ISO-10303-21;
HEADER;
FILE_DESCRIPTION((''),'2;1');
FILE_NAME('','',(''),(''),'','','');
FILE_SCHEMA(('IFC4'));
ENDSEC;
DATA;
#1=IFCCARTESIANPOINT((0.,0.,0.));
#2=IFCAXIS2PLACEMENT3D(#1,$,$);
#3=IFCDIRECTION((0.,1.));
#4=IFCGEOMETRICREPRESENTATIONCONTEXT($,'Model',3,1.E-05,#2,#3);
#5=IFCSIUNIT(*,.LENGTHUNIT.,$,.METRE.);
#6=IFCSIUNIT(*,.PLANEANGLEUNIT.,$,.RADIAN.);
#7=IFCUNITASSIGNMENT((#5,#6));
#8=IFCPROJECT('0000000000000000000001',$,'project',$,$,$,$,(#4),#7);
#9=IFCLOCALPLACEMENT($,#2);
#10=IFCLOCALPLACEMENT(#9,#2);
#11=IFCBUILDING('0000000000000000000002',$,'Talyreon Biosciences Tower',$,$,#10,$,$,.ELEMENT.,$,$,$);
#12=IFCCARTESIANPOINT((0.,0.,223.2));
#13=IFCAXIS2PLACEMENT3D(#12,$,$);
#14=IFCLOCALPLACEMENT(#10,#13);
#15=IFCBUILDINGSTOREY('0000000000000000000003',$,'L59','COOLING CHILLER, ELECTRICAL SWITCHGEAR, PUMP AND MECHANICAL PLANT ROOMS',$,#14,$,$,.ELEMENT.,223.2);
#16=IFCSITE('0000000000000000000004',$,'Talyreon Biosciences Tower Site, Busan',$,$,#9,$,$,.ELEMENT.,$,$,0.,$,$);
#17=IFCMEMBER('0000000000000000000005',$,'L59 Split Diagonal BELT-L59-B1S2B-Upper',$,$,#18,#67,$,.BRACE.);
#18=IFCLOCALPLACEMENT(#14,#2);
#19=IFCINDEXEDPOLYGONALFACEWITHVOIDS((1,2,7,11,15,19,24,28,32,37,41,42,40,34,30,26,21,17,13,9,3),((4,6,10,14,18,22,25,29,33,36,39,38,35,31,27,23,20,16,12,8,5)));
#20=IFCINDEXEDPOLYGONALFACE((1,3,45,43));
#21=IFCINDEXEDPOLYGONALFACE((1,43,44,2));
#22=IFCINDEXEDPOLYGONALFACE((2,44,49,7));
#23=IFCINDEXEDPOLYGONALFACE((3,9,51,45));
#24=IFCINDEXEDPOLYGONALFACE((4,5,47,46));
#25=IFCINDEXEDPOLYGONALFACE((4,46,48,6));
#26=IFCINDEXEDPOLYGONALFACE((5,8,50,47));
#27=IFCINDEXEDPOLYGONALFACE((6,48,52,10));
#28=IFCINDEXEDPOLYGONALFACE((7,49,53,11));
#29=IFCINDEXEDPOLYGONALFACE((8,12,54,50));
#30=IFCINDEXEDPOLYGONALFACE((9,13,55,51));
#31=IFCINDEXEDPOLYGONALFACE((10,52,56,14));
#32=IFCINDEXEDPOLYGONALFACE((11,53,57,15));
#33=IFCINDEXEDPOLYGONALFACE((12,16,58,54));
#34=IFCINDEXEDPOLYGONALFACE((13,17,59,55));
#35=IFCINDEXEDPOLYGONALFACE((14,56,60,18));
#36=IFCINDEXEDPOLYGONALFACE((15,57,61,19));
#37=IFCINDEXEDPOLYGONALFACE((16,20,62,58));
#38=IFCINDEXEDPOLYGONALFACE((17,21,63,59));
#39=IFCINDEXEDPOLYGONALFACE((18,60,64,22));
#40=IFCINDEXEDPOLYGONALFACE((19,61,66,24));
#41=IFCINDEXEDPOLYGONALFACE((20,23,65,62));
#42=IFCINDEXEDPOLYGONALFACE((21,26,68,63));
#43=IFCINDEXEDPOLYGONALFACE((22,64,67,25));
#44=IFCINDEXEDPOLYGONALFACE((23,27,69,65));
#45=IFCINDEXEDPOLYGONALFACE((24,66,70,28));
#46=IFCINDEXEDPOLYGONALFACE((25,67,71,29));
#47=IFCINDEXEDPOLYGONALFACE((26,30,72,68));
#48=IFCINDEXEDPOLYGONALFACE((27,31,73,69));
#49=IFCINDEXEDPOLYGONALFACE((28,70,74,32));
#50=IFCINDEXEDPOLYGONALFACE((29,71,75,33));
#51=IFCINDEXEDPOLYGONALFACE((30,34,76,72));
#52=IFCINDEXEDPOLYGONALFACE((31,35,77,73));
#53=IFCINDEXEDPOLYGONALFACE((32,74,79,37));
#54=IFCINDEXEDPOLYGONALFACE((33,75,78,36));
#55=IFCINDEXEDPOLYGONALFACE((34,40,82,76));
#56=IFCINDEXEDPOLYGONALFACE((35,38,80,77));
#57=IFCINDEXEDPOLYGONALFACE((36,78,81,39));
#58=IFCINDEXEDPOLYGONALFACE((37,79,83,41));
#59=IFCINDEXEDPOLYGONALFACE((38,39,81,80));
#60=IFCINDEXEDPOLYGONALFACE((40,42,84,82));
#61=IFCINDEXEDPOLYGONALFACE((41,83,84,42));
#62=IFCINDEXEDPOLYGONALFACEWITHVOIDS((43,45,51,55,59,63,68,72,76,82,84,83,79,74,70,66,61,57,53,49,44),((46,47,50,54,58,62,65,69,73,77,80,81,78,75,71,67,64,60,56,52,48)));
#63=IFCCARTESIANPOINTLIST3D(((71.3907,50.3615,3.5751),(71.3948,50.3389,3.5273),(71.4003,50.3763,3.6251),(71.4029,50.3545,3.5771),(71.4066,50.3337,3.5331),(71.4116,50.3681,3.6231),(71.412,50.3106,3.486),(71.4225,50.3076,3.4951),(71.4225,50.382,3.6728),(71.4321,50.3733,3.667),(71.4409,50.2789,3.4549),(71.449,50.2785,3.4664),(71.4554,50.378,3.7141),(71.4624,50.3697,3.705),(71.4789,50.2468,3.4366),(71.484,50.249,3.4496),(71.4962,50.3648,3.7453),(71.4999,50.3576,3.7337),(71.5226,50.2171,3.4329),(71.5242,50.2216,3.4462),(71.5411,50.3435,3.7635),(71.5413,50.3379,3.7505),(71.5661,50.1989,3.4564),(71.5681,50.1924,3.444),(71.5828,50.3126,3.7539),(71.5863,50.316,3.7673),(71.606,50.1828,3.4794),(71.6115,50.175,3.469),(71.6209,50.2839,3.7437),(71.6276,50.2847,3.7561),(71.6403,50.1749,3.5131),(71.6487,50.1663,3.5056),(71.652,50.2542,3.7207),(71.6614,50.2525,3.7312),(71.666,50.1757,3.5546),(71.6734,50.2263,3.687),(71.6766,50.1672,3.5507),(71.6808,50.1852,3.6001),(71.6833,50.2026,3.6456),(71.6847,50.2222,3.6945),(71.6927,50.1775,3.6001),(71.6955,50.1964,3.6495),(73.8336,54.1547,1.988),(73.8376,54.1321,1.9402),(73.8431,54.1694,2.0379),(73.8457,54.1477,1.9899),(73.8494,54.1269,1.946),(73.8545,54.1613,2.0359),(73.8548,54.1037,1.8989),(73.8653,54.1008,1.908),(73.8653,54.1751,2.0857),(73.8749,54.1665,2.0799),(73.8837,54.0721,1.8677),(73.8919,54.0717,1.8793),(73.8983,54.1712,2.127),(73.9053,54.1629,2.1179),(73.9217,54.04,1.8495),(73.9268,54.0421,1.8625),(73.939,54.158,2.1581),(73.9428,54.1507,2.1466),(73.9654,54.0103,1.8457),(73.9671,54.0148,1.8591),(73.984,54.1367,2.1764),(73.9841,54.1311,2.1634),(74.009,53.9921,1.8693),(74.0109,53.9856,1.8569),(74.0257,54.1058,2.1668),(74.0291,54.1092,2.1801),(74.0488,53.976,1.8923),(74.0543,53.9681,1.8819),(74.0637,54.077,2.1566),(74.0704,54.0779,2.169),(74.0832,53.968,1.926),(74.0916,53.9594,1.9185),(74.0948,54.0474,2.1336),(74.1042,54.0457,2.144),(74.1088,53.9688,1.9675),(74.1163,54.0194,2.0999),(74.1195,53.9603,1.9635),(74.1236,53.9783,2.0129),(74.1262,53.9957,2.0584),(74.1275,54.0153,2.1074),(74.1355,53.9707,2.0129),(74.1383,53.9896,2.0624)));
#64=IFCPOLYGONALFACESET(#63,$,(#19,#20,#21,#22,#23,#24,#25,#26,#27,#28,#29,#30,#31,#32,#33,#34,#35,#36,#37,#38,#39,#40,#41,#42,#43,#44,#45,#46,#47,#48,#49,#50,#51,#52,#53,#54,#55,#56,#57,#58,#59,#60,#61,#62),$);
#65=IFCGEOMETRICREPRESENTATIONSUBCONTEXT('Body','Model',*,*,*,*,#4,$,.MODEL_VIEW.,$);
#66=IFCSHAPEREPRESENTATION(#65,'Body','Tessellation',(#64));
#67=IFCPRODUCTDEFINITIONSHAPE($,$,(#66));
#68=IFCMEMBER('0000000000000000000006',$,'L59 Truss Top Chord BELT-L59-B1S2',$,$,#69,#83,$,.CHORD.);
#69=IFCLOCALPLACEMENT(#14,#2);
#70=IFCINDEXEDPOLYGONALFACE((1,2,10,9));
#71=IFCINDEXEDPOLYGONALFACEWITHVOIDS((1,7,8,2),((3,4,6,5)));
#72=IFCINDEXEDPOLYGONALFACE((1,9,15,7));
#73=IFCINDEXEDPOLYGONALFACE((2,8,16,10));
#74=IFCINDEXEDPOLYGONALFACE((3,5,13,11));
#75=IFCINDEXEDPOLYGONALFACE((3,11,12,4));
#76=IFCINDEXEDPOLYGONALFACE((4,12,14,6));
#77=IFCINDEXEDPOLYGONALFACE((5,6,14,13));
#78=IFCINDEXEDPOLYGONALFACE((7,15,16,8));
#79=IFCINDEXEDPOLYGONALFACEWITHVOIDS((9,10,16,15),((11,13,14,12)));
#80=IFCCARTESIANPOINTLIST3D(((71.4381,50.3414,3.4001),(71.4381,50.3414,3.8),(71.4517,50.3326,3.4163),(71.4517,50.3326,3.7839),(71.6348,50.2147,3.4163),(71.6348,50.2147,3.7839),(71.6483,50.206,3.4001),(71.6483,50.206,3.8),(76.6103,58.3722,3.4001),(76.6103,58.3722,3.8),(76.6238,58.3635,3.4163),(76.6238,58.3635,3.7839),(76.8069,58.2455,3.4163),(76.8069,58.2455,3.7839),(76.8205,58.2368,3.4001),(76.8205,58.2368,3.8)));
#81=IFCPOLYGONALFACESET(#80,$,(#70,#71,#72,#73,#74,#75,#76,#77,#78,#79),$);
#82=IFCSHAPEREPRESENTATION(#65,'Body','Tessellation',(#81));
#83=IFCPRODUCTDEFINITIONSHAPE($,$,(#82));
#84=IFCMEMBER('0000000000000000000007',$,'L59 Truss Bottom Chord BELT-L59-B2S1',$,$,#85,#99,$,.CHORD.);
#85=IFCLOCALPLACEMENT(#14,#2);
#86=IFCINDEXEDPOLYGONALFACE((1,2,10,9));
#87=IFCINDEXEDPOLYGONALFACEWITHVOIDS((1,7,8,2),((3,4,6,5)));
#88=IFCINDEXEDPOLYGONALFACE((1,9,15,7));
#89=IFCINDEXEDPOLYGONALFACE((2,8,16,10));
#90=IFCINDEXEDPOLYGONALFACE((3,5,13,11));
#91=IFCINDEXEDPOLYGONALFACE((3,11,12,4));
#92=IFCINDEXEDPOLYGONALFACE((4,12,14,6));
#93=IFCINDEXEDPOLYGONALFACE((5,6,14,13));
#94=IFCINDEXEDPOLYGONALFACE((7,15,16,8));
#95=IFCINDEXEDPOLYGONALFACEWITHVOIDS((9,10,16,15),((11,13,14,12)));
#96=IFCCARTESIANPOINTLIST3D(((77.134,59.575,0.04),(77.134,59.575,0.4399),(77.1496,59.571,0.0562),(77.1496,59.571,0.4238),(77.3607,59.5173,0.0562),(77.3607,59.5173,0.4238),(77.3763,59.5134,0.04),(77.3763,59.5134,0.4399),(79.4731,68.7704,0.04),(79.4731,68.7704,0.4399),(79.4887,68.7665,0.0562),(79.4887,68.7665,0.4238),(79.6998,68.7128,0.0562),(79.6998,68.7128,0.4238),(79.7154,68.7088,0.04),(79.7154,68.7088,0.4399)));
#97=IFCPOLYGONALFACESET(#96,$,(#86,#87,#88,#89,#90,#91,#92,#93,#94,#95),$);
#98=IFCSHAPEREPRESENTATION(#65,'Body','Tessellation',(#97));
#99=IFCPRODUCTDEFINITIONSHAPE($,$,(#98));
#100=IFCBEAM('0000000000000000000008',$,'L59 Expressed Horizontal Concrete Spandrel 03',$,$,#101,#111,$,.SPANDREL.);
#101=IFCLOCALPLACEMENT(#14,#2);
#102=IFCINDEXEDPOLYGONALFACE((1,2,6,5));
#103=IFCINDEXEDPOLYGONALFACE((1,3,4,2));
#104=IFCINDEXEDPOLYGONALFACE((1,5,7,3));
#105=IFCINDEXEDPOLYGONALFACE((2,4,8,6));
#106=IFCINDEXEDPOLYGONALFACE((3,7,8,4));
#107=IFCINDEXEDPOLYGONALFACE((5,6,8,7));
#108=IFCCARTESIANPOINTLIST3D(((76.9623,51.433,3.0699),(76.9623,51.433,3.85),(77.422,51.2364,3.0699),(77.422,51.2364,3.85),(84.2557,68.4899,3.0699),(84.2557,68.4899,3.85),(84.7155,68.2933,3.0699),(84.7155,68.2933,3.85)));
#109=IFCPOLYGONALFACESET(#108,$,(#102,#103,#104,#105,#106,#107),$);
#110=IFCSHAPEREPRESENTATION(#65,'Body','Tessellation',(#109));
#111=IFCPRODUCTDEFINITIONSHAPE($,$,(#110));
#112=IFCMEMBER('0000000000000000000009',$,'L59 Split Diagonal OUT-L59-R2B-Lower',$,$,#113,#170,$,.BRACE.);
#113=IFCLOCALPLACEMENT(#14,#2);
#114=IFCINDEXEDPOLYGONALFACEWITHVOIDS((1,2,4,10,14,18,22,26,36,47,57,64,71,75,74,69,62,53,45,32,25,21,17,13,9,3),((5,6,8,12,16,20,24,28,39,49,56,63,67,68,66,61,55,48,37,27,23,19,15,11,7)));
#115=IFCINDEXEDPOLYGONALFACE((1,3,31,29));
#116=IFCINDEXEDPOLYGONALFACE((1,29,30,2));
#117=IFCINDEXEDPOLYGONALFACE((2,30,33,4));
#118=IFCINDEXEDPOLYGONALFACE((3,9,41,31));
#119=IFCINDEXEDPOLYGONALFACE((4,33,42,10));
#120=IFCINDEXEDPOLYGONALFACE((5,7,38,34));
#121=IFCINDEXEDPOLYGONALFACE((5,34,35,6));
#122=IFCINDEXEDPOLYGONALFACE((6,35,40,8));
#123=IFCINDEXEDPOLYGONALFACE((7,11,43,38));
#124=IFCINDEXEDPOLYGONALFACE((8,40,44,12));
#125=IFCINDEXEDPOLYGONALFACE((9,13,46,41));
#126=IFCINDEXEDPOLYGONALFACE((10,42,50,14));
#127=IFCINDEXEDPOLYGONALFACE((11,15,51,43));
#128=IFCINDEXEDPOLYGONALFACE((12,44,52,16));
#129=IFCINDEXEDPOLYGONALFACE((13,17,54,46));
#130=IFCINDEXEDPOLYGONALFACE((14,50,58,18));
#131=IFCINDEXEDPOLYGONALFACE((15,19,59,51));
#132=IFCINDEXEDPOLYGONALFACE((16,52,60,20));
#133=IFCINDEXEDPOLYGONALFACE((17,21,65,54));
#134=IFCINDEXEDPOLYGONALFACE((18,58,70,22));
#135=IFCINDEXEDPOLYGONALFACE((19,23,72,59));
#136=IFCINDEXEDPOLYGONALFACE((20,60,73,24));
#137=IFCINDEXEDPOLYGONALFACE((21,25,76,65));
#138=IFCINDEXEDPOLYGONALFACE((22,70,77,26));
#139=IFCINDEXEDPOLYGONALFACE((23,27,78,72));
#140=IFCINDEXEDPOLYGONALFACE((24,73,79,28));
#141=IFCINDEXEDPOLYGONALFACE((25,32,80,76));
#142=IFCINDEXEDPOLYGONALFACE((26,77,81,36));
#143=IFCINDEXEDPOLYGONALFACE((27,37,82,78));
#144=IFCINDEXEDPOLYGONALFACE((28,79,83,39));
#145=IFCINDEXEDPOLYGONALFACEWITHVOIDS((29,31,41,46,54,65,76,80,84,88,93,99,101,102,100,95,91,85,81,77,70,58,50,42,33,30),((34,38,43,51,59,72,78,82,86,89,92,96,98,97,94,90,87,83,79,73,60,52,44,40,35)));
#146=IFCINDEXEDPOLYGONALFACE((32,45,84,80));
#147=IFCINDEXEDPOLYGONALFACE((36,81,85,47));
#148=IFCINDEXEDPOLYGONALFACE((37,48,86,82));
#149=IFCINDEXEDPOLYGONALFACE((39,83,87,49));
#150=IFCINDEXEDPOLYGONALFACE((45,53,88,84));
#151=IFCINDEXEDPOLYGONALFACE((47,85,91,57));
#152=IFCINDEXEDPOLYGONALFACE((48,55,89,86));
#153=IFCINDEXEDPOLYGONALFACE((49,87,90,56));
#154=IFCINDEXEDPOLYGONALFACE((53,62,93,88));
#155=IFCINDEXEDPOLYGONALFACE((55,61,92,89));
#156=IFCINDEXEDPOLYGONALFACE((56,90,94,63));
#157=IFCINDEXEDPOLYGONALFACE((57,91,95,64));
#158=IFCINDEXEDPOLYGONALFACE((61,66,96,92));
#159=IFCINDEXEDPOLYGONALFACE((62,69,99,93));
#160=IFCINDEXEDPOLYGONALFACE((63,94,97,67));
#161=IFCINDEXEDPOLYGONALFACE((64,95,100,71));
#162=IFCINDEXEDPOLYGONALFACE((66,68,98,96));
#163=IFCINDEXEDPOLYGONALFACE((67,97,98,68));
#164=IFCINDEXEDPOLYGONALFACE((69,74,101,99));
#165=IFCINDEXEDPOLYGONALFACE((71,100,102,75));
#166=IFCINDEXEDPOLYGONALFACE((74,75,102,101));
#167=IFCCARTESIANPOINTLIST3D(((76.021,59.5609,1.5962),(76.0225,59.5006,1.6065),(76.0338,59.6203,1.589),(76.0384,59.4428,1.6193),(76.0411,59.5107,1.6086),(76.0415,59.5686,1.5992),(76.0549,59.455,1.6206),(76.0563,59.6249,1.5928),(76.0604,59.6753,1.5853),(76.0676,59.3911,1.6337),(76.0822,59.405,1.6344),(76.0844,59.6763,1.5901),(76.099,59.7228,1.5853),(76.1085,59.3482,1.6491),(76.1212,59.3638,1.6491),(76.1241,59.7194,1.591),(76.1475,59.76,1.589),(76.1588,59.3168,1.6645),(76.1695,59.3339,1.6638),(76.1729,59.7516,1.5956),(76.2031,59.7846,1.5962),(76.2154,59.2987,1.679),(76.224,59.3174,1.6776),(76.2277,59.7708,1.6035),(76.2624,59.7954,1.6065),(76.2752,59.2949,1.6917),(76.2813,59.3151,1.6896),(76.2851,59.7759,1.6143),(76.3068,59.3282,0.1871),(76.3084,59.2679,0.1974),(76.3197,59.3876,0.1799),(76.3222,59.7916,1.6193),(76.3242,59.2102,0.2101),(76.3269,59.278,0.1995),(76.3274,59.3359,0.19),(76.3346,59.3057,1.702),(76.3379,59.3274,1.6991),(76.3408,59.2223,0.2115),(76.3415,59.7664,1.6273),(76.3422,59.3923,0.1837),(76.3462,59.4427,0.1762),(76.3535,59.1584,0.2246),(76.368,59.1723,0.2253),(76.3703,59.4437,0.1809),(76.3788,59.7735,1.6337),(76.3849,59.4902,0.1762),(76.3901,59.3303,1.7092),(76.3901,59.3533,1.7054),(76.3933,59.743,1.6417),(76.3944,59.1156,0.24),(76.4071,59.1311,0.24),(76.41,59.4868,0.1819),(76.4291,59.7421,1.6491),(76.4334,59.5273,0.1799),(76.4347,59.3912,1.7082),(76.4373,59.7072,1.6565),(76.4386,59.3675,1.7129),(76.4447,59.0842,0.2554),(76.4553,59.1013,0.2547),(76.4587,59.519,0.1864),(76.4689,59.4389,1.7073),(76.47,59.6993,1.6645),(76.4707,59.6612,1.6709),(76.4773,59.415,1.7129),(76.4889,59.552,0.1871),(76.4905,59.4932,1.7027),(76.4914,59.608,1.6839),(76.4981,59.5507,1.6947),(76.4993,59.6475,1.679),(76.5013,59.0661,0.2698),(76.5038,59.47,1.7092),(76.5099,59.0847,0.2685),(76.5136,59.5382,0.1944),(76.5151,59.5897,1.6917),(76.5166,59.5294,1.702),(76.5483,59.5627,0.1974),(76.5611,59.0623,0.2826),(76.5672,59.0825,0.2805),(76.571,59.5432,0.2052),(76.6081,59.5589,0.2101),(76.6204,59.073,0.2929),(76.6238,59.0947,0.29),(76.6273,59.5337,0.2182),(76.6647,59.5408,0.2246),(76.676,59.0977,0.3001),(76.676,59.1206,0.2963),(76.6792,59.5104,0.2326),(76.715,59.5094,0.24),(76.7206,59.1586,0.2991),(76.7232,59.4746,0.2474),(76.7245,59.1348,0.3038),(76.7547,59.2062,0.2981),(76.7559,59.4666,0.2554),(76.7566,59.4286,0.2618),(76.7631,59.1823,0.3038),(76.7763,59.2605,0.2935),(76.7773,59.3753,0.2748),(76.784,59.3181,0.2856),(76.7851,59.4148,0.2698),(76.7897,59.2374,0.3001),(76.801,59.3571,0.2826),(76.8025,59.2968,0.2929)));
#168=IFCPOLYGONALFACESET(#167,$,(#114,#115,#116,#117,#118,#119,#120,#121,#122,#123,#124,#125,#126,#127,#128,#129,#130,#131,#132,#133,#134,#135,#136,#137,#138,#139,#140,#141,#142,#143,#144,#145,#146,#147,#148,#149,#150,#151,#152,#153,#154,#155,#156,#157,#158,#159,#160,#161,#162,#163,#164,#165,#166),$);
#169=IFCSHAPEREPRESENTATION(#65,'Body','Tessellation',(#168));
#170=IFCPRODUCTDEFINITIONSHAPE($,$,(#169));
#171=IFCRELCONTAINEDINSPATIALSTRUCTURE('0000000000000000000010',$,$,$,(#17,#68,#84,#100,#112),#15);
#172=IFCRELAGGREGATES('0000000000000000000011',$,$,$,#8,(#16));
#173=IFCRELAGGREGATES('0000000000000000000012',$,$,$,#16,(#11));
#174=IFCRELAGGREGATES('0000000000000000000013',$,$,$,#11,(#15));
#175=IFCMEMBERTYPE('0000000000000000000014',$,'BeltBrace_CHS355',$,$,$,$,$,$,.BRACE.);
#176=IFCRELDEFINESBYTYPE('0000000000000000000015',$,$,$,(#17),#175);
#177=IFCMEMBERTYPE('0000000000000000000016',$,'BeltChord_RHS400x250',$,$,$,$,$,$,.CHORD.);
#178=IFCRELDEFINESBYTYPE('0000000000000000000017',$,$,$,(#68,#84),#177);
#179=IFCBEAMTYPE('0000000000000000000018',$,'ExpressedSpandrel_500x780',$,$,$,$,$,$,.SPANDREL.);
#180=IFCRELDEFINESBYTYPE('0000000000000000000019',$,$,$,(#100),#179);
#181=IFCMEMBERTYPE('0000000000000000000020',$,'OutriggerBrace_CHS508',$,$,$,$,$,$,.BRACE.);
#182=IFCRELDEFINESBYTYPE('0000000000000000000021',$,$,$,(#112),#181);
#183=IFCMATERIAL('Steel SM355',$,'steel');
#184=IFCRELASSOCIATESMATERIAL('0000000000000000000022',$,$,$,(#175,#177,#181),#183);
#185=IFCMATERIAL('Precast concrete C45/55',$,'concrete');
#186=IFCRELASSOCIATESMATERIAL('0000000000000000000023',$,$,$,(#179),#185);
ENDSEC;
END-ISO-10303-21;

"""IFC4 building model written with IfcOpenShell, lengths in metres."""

from ifc_helpers import new_model, si_unit, direction, frame, origin, origin_2d, place, context, subcontext, project, spatial, rectangle, hollow_rectangle, hollow_circle, extrude, material, material_profile, profile_set, type_object, element, save


model = new_model("IFC4")

# Units and contexts
model_context = context("Model", 3, precision=1e-05, world=origin(), true_north=direction((0.0, 1.0)))
body_context = subcontext(model_context, "Body", "Model", "MODEL_VIEW")
ifc_project = project(units=[si_unit("LENGTHUNIT", "METRE"), si_unit("PLANEANGLEUNIT", "RADIAN")], contexts=[model_context])

# Site, building, storey
site_placement = place(None, origin())
site = spatial("IfcSite", under=ifc_project, at=site_placement, Name="Talyreon Biosciences Tower Site, Busan", CompositionType="ELEMENT", RefElevation=0.0)
building_placement = place(site_placement, origin())
building = spatial("IfcBuilding", under=site, at=building_placement, Name="Talyreon Biosciences Tower", CompositionType="ELEMENT")
storey_placement = place(building_placement, frame((0.0, 0.0, 223.2)))
storey = spatial("IfcBuildingStorey", under=building, at=storey_placement, Name="L59", Description="COOLING CHILLER, ELECTRICAL SWITCHGEAR, PUMP AND MECHANICAL PLANT ROOMS", CompositionType="ELEMENT", Elevation=223.2)

# Shared definitions
ifc_material_1 = material(Name="Precast concrete C45/55", Category="concrete")

# Members
ifc_material_2 = material(Name="Steel SM355", Category="steel")
ifc_material_profile_1 = material_profile(ifc_material_2, hollow_circle(Radius=0.1777, WallThickness=0.0142, at=origin_2d()), Name="CHS 355.6x14.2")
ifc_profile_set_1 = profile_set([ifc_material_profile_1], Name="Steel SM355")
member_type_1 = type_object("IfcMemberType", Name="BeltBrace_CHS355", PredefinedType="BRACE", material=ifc_profile_set_1)
member_1_placement = place(storey_placement, frame((73.9861, 54.0669, 2.0129), z_axis=(-0.510762, -0.793095, 0.331847), x_axis=(0.840737, -0.541444, 0.0)))
element("IfcMember", 1, at=member_1_placement, inside=storey, type_object=member_type_1, Name="L59 Split Diagonal BELT-L59-B1S2B-Upper", PredefinedType="BRACE", context=body_context, shape_type="SweptSolid", body=[
    extrude(hollow_circle(Radius=0.1777, WallThickness=0.0142, at=origin_2d()), origin(), (0.0, 0.0, 1.0), 4.7827),
])
ifc_material_profile_2 = material_profile(ifc_material_2, hollow_rectangle(XDim=0.25, YDim=0.3999, WallThickness=0.0161, at=origin_2d()), Name="RHS 400x250x16")
ifc_profile_set_2 = profile_set([ifc_material_profile_2], Name="Steel SM355")
member_type_2 = type_object("IfcMemberType", Name="BeltChord_RHS400x250", PredefinedType="CHORD", material=ifc_profile_set_2)
member_2_placement = place(storey_placement, frame((71.5432, 50.2737, 3.6001), z_axis=(0.54146, 0.840726, 0.0), x_axis=(-0.840726, 0.54146, 0.0)))
element("IfcMember", 2, at=member_2_placement, inside=storey, type_object=member_type_2, Name="L59 Truss Top Chord BELT-L59-B1S2", PredefinedType="CHORD", context=body_context, shape_type="SweptSolid", body=[
    extrude(hollow_rectangle(XDim=0.25, YDim=0.3999, WallThickness=0.0161, at=origin_2d()), origin(), (0.0, 0.0, 1.0), 9.5522),
])
member_3_placement = place(storey_placement, frame((77.2551, 59.5442, 0.24), z_axis=(0.246529, 0.969135, 0.0), x_axis=(-0.969135, 0.246529, 0.0)))
element("IfcMember", 3, at=member_3_placement, inside=storey, type_object=member_type_2, Name="L59 Truss Bottom Chord BELT-L59-B2S1", PredefinedType="CHORD", context=body_context, shape_type="SweptSolid", body=[
    extrude(hollow_rectangle(XDim=0.25, YDim=0.3999, WallThickness=0.0161, at=origin_2d()), origin(), (0.0, 0.0, 1.0), 9.4883),
])

# Beam
ifc_material_profile_3 = material_profile(ifc_material_1, rectangle(XDim=0.5, YDim=0.78, at=origin_2d()), Name="RCB 500x780")
ifc_profile_set_3 = profile_set([ifc_material_profile_3], Name="Precast concrete C45/55")
beam_type_1 = type_object("IfcBeamType", Name="ExpressedSpandrel_500x780", PredefinedType="SPANDREL", material=ifc_profile_set_3)
beam_1_placement = place(storey_placement, frame((77.1921, 51.3347, 3.46), z_axis=(0.393162, 0.919469, 0.0), x_axis=(-0.919469, 0.393162, 0.0)))
element("IfcBeam", 4, at=beam_1_placement, inside=storey, type_object=beam_type_1, Name="L59 Expressed Horizontal Concrete Spandrel 03", PredefinedType="SPANDREL", context=body_context, shape_type="SweptSolid", body=[
    extrude(rectangle(XDim=0.5, YDim=0.78, at=origin_2d()), origin(), (0.0, 0.0, 1.0), 18.5508),
])

# Member
ifc_material_profile_4 = material_profile(ifc_material_2, hollow_circle(Radius=0.2539, WallThickness=0.02, at=origin_2d()), Name="CHS 508x20")
ifc_profile_set_4 = profile_set([ifc_material_profile_4], Name="Steel SM355")
member_type_3 = type_object("IfcMemberType", Name="OutriggerBrace_CHS508", PredefinedType="BRACE", material=ifc_profile_set_4)
member_4_placement = place(storey_placement, frame((76.5547, 59.3125, 0.24), z_axis=(-0.196273, 0.159733, 0.967451), x_axis=(-0.631216, -0.775607, 0.0)))
element("IfcMember", 5, at=member_4_placement, inside=storey, type_object=member_type_3, Name="L59 Split Diagonal OUT-L59-R2B-Lower", PredefinedType="BRACE", context=body_context, shape_type="SweptSolid", body=[
    extrude(hollow_circle(Radius=0.2539, WallThickness=0.02, at=origin_2d()), origin(), (0.0, 0.0, 1.0), 1.4565),
])

save(model, "model.ifc")
